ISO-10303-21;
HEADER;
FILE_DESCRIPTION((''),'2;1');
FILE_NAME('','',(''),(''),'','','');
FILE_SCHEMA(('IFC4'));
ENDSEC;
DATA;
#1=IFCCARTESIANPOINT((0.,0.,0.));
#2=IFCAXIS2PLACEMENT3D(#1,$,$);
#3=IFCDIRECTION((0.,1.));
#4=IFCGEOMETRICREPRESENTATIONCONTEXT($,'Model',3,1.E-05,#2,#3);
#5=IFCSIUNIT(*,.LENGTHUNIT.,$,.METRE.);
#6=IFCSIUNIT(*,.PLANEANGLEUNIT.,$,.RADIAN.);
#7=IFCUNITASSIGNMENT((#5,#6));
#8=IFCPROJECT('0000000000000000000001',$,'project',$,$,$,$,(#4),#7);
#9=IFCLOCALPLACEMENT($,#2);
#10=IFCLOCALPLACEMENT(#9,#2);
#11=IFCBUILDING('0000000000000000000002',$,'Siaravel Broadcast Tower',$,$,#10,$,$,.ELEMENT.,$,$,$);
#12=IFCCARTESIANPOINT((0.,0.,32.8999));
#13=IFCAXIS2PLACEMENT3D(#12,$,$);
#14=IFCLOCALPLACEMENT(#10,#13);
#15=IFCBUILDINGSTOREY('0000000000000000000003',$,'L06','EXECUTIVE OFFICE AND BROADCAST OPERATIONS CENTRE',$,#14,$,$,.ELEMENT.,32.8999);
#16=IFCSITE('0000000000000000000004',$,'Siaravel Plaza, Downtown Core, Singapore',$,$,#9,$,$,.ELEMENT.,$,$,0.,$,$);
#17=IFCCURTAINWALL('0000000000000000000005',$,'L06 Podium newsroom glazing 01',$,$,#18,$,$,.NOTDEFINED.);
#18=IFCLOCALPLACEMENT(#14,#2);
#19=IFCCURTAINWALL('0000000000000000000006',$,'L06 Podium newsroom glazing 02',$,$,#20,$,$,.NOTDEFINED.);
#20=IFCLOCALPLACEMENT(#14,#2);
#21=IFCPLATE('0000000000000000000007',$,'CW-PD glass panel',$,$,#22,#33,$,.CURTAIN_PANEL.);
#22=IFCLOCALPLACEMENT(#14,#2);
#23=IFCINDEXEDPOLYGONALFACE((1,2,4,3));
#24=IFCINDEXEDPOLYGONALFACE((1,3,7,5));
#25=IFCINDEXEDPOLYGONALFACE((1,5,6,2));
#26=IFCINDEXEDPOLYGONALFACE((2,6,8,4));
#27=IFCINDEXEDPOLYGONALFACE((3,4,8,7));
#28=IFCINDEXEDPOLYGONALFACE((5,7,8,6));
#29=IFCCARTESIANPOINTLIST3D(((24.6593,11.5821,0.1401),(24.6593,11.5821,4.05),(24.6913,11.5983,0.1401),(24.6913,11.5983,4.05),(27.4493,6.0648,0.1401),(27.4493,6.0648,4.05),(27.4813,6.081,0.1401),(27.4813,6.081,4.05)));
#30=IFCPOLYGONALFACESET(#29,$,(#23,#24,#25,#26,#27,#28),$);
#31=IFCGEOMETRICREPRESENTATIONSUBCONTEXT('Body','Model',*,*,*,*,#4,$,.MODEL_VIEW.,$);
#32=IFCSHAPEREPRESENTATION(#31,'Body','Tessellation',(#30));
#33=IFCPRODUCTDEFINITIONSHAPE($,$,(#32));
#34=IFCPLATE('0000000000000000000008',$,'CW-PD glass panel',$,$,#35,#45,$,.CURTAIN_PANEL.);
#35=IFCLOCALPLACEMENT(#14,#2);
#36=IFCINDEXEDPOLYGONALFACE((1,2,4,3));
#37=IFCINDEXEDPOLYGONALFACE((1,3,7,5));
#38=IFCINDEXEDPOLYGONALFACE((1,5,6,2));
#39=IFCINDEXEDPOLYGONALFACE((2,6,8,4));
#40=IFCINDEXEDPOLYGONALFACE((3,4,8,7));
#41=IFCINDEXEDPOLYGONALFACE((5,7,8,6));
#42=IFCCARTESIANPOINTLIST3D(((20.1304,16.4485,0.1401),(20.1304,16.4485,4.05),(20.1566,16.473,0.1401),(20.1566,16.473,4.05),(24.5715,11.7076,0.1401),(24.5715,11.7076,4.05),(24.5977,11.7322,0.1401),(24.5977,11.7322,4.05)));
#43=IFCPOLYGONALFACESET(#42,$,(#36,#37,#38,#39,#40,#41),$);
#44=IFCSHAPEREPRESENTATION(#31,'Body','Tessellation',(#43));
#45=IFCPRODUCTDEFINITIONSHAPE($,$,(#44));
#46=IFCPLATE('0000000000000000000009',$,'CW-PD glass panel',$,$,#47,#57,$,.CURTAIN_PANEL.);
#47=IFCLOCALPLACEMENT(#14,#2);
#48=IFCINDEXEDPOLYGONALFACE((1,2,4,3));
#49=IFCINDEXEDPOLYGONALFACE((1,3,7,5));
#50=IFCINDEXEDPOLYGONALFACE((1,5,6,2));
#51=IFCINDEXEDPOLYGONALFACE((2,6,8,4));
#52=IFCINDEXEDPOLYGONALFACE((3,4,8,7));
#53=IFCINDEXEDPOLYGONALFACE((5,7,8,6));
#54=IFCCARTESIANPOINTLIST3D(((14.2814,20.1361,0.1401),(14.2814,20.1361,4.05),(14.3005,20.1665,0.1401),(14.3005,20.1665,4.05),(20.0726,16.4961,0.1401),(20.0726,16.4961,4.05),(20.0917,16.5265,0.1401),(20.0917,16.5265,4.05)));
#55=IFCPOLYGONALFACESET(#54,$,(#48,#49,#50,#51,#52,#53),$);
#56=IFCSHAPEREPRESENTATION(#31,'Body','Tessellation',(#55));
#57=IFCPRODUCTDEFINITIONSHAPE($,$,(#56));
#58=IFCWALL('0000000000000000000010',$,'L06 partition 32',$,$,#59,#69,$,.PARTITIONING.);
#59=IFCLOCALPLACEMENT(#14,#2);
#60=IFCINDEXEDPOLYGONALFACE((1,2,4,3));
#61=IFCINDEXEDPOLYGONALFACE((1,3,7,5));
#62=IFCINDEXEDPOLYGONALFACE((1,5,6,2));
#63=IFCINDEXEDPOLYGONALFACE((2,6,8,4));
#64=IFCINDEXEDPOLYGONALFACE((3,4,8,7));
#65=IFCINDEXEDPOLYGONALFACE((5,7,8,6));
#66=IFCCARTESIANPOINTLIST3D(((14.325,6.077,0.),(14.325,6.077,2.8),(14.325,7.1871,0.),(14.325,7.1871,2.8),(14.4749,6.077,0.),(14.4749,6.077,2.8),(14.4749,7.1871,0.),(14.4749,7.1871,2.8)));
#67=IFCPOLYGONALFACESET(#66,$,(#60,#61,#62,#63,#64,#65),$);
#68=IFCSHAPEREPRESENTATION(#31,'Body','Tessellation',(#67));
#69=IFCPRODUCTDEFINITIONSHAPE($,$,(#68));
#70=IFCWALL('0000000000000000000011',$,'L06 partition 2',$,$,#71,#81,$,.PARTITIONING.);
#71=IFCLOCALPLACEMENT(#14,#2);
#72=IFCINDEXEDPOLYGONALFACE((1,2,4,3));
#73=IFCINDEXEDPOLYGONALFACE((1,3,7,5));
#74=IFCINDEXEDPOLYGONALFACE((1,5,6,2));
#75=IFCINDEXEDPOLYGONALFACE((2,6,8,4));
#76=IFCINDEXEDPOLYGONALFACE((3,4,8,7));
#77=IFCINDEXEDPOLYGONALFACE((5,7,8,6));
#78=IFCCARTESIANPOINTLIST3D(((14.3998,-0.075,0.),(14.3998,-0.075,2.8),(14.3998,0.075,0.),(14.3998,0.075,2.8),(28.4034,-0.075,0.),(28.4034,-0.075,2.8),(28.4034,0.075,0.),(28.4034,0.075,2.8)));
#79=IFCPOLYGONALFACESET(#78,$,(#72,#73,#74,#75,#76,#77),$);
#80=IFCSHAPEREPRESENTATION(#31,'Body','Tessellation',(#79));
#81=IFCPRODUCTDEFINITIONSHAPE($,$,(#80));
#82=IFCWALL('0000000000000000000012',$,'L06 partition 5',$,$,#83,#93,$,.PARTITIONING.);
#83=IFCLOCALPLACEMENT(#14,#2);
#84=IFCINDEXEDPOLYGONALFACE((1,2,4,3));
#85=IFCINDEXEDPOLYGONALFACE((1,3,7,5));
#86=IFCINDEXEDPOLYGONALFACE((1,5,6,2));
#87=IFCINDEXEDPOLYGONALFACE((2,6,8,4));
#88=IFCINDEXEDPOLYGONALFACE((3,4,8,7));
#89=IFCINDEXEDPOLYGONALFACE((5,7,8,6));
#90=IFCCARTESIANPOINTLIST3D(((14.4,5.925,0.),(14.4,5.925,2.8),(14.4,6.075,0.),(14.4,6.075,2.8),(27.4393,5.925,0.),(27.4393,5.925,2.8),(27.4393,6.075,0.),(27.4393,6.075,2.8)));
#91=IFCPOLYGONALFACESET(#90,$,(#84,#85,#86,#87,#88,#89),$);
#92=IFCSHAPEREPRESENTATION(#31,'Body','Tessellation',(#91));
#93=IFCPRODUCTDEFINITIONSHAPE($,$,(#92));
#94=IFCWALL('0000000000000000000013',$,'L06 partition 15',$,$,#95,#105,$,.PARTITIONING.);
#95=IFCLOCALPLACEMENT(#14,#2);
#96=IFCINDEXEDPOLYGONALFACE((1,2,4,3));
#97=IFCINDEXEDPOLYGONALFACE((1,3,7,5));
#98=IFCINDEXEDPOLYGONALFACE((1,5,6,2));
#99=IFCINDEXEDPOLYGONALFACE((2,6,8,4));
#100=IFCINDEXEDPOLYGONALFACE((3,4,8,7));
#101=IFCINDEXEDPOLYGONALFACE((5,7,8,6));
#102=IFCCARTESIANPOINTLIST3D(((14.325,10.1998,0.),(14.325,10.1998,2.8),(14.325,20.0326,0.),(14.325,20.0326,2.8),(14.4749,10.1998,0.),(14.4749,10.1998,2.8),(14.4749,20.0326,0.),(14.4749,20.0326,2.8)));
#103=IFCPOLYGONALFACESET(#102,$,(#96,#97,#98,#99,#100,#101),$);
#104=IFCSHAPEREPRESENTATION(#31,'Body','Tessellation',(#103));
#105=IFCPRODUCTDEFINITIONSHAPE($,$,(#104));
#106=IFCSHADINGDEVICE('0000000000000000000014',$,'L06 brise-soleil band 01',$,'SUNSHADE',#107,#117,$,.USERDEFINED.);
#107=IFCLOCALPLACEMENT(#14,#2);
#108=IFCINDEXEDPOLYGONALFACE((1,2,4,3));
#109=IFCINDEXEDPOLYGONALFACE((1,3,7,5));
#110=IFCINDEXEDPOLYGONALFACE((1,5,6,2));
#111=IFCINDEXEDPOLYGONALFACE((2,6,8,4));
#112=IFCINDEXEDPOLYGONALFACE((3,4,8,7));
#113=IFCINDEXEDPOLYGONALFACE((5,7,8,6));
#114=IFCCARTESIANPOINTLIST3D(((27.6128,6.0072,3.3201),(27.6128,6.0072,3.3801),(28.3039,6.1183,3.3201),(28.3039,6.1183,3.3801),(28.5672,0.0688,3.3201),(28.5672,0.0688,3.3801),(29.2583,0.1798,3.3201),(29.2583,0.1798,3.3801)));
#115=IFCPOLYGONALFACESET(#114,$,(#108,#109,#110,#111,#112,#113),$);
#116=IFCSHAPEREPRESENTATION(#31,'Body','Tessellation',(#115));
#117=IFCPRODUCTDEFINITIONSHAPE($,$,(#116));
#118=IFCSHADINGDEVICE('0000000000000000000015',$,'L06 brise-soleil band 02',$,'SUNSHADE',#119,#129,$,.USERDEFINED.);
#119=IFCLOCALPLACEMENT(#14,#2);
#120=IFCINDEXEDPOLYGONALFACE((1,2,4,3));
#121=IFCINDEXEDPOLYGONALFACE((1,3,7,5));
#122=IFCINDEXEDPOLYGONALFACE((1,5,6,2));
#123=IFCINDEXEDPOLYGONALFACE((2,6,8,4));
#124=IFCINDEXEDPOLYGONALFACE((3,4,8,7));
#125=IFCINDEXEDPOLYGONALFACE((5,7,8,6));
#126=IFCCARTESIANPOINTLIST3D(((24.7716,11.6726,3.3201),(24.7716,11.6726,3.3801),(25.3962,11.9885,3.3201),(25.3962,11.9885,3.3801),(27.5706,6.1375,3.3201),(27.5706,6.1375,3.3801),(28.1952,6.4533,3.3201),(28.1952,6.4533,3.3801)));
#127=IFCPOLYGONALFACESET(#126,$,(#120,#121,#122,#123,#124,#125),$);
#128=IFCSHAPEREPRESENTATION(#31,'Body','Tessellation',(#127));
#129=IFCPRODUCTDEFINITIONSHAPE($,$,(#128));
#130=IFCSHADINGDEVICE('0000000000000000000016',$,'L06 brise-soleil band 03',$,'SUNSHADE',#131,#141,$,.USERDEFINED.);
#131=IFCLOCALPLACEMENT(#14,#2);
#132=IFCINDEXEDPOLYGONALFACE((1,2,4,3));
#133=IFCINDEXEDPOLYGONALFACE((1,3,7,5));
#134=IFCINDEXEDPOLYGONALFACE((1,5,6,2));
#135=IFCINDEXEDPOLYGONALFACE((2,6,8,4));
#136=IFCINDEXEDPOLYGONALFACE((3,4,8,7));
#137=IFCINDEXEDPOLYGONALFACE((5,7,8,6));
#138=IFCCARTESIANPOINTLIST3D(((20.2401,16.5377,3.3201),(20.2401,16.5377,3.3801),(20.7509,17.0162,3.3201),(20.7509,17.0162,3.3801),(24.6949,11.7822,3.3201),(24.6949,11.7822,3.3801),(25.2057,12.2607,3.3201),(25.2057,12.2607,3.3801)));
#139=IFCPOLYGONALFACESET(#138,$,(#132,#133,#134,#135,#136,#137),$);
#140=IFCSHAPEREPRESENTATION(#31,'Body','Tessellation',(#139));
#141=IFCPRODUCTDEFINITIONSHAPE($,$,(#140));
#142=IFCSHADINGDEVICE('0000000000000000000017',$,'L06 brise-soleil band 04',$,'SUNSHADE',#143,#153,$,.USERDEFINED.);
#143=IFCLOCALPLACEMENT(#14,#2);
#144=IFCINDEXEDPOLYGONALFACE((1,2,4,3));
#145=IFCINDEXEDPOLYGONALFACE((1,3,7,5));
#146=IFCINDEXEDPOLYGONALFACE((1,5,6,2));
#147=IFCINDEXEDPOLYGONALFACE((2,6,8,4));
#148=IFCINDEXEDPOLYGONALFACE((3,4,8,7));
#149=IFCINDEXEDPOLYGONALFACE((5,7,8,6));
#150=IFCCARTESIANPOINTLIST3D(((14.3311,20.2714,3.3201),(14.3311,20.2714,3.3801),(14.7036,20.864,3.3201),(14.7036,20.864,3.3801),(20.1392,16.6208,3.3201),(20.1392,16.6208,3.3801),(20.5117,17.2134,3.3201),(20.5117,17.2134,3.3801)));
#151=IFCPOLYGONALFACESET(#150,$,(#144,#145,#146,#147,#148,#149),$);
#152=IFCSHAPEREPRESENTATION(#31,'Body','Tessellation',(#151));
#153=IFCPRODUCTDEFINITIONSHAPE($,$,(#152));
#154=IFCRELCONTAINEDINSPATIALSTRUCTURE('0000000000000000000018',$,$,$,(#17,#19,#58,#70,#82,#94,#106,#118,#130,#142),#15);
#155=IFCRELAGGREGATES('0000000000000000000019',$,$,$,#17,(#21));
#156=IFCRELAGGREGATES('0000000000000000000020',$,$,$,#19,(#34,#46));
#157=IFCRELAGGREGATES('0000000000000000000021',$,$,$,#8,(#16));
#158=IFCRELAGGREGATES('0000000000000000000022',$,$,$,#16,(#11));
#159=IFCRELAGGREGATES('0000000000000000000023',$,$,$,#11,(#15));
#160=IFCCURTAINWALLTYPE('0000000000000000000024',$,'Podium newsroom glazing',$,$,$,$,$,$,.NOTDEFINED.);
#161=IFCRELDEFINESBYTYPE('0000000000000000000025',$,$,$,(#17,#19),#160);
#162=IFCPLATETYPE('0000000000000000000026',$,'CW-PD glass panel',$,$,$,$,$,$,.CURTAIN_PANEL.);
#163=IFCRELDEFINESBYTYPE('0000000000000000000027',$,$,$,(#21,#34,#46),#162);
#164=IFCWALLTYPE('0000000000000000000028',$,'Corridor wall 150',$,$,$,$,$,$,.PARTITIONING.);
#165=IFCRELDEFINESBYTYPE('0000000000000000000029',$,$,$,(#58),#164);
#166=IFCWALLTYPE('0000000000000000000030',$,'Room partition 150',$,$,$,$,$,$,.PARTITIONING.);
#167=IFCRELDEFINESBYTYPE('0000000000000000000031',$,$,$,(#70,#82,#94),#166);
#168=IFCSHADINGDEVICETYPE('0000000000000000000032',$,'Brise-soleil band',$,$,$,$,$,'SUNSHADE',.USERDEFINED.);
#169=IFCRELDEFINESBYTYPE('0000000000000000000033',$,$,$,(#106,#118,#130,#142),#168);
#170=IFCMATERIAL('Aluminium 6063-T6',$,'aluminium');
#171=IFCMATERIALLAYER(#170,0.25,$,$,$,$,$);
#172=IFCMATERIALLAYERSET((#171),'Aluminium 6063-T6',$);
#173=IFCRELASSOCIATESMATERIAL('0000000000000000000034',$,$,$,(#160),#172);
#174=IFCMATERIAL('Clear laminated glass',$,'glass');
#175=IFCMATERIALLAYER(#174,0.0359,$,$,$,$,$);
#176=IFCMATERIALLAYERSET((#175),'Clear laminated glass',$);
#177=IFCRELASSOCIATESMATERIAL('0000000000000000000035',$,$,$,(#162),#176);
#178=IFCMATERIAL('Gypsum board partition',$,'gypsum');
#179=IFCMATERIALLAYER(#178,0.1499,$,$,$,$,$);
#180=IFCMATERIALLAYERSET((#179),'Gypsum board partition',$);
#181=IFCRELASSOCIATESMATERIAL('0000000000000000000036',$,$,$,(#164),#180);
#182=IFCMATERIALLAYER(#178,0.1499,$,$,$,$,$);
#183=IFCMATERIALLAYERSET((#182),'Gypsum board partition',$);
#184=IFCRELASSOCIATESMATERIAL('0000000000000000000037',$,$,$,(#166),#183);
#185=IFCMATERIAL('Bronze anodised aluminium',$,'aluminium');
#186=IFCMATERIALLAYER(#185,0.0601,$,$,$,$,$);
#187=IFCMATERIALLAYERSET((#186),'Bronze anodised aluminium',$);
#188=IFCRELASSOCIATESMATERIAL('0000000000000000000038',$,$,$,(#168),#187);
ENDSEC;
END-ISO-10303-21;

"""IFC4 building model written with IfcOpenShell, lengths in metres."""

from ifc_helpers import new_model, si_unit, direction, frame, frame_2d, origin, origin_2d, place, context, subcontext, project, spatial, rectangle, extrude, material, layer, layer_set, type_object, element, aggregate, save


model = new_model("IFC4")

# Units and contexts
model_context = context("Model", 3, precision=1e-05, world=origin(), true_north=direction((0.0, 1.0)))
body_context = subcontext(model_context, "Body", "Model", "MODEL_VIEW")
ifc_project = project(units=[si_unit("LENGTHUNIT", "METRE"), si_unit("PLANEANGLEUNIT", "RADIAN")], contexts=[model_context])

# Site, building, storey
site_placement = place(None, origin())
site = spatial("IfcSite", under=ifc_project, at=site_placement, Name="Siaravel Plaza, Downtown Core, Singapore", CompositionType="ELEMENT", RefElevation=0.0)
building_placement = place(site_placement, origin())
building = spatial("IfcBuilding", under=site, at=building_placement, Name="Siaravel Broadcast Tower", CompositionType="ELEMENT")
storey_placement = place(building_placement, frame((0.0, 0.0, 32.8999)))
storey = spatial("IfcBuildingStorey", under=building, at=storey_placement, Name="L06", Description="EXECUTIVE OFFICE AND BROADCAST OPERATIONS CENTRE", CompositionType="ELEMENT", Elevation=32.8999)

# Curtain walls
ifc_material_1 = material(Name="Aluminium 6063-T6", Category="aluminium")
ifc_layer_1 = layer(ifc_material_1, 0.25)
ifc_layer_set_1 = layer_set([ifc_layer_1], Name="Aluminium 6063-T6")
curtain_wall_type = type_object("IfcCurtainWallType", Name="Podium newsroom glazing", PredefinedType="NOTDEFINED", material=ifc_layer_set_1)
curtain_wall_1_placement = place(storey_placement, origin())
curtain_wall_1 = element("IfcCurtainWall", 1, at=curtain_wall_1_placement, inside=storey, type_object=curtain_wall_type, Name="L06 Podium newsroom glazing 01", PredefinedType="NOTDEFINED")
curtain_wall_2_placement = place(storey_placement, origin())
curtain_wall_2 = element("IfcCurtainWall", 2, at=curtain_wall_2_placement, inside=storey, type_object=curtain_wall_type, Name="L06 Podium newsroom glazing 02", PredefinedType="NOTDEFINED")

# Plates
ifc_material_2 = material(Name="Clear laminated glass", Category="glass")
ifc_layer_2 = layer(ifc_material_2, 0.0359)
ifc_layer_set_2 = layer_set([ifc_layer_2], Name="Clear laminated glass")
plate_type = type_object("IfcPlateType", Name="CW-PD glass panel", PredefinedType="CURTAIN_PANEL", material=ifc_layer_set_2)
plate_1_placement = place(storey_placement, frame((26.0703, 8.8315, 0.1401), z_axis=(0.0, 0.0, 1.0), x_axis=(-0.451262, 0.892391, 0.0)))
plate_1 = element("IfcPlate", 3, at=plate_1_placement, type_object=plate_type, Name="CW-PD glass panel", PredefinedType="CURTAIN_PANEL", context=body_context, shape_type="SweptSolid", body=[
    extrude(rectangle(XDim=6.1826, YDim=0.0359, at=origin_2d()), origin(), (0.0, 0.0, 1.0), 3.9099),
])
aggregate(curtain_wall_1, [plate_1])
plate_2_placement = place(storey_placement, frame((22.364, 14.0903, 0.1401), z_axis=(0.0, 0.0, 1.0), x_axis=(-0.683656, 0.729804, 0.0)))
plate_2 = element("IfcPlate", 4, at=plate_2_placement, type_object=plate_type, Name="CW-PD glass panel", PredefinedType="CURTAIN_PANEL", context=body_context, shape_type="SweptSolid", body=[
    extrude(rectangle(XDim=6.4961, YDim=0.0359, at=origin_2d()), origin(), (0.0, 0.0, 1.0), 3.9099),
])
plate_3_placement = place(storey_placement, frame((17.1865, 18.3313, 0.1401), z_axis=(0.0, 0.0, 1.0), x_axis=(-0.846651, 0.532148, 0.0)))
plate_3 = element("IfcPlate", 5, at=plate_3_placement, type_object=plate_type, Name="CW-PD glass panel", PredefinedType="CURTAIN_PANEL", context=body_context, shape_type="SweptSolid", body=[
    extrude(rectangle(XDim=6.8401, YDim=0.0359, at=origin_2d()), origin(), (0.0, 0.0, 1.0), 3.9099),
])
aggregate(curtain_wall_2, [plate_2, plate_3])

# Shared definitions
ifc_material_3 = material(Name="Gypsum board partition", Category="gypsum")
ifc_layer_3 = layer(ifc_material_3, 0.1499)
ifc_layer_set_3 = layer_set([ifc_layer_3], Name="Gypsum board partition")
wall_type_1 = type_object("IfcWallType", Name="Corridor wall 150", PredefinedType="PARTITIONING", material=ifc_layer_set_3)

# Walls
wall_1_placement = place(storey_placement, frame((14.3999, 6.0769, 0.0), z_axis=(0.0, 0.0, 1.0), x_axis=(0.0, 1.0, 0.0)))
element("IfcWall", 6, at=wall_1_placement, inside=storey, type_object=wall_type_1, Name="L06 partition 32", PredefinedType="PARTITIONING", context=body_context, shape_type="SweptSolid", body=[
    extrude(rectangle(XDim=1.1101, YDim=0.1499, at=frame_2d((0.5552, 0.0))), origin(), (0.0, 0.0, 1.0), 2.8),
])
ifc_layer_4 = layer(ifc_material_3, 0.1499)
ifc_layer_set_4 = layer_set([ifc_layer_4], Name="Gypsum board partition")
wall_type_2 = type_object("IfcWallType", Name="Room partition 150", PredefinedType="PARTITIONING", material=ifc_layer_set_4)
wall_2_placement = place(storey_placement, frame((28.4036, 0.0, 0.0), z_axis=(0.0, 0.0, 1.0), x_axis=(-1.0, 0.0, 0.0)))
element("IfcWall", 7, at=wall_2_placement, inside=storey, type_object=wall_type_2, Name="L06 partition 2", PredefinedType="PARTITIONING", context=body_context, shape_type="SweptSolid", body=[
    extrude(rectangle(XDim=14.0037, YDim=0.1499, at=frame_2d((7.002, 0.0))), origin(), (0.0, 0.0, 1.0), 2.8),
])
wall_3_placement = place(storey_placement, frame((27.4392, 6.0, 0.0), z_axis=(0.0, 0.0, 1.0), x_axis=(-1.0, 0.0, 0.0)))
element("IfcWall", 8, at=wall_3_placement, inside=storey, type_object=wall_type_2, Name="L06 partition 5", PredefinedType="PARTITIONING", context=body_context, shape_type="SweptSolid", body=[
    extrude(rectangle(XDim=13.0393, YDim=0.1499, at=frame_2d((6.5195, 0.0))), origin(), (0.0, 0.0, 1.0), 2.8),
])
wall_4_placement = place(storey_placement, frame((14.3999, 20.0327, 0.0), z_axis=(0.0, 0.0, 1.0), x_axis=(0.0, -1.0, 0.0)))
element("IfcWall", 9, at=wall_4_placement, inside=storey, type_object=wall_type_2, Name="L06 partition 15", PredefinedType="PARTITIONING", context=body_context, shape_type="SweptSolid", body=[
    extrude(rectangle(XDim=9.8328, YDim=0.1499, at=frame_2d((4.9165, 0.0))), origin(), (0.0, 0.0, 1.0), 2.8),
])

# Shading devices
ifc_material_4 = material(Name="Bronze anodised aluminium", Category="aluminium")
ifc_layer_5 = layer(ifc_material_4, 0.0601)
ifc_layer_set_5 = layer_set([ifc_layer_5], Name="Bronze anodised aluminium")
shading_device_type = type_object("IfcShadingDeviceType", Name="Brise-soleil band", ElementType="SUNSHADE", PredefinedType="USERDEFINED", material=ifc_layer_set_5)
shading_device_1_placement = place(storey_placement, frame((28.4355, 3.0935, 3.3201), z_axis=(0.0, 0.0, 1.0), x_axis=(-0.158685, 0.987329, 0.0)))
element("IfcShadingDevice", 10, at=shading_device_1_placement, inside=storey, type_object=shading_device_type, Name="L06 brise-soleil band 01", ObjectType="SUNSHADE", PredefinedType="USERDEFINED", context=body_context, shape_type="SweptSolid", body=[
    extrude(rectangle(XDim=6.0146, YDim=0.7, at=origin_2d()), origin(), (0.0, 0.0, 1.0), 0.0601),
])
shading_device_2_placement = place(storey_placement, frame((26.4834, 9.063, 3.3201), z_axis=(0.0, 0.0, 1.0), x_axis=(-0.451262, 0.892391, 0.0)))
element("IfcShadingDevice", 11, at=shading_device_2_placement, inside=storey, type_object=shading_device_type, Name="L06 brise-soleil band 02", ObjectType="SUNSHADE", PredefinedType="USERDEFINED", context=body_context, shape_type="SweptSolid", body=[
    extrude(rectangle(XDim=6.2026, YDim=0.7, at=origin_2d()), origin(), (0.0, 0.0, 1.0), 0.0601),
])
shading_device_3_placement = place(storey_placement, frame((22.7229, 14.3992, 3.3201), z_axis=(0.0, 0.0, 1.0), x_axis=(-0.683656, 0.729804, 0.0)))
element("IfcShadingDevice", 12, at=shading_device_3_placement, inside=storey, type_object=shading_device_type, Name="L06 brise-soleil band 03", ObjectType="SUNSHADE", PredefinedType="USERDEFINED", context=body_context, shape_type="SweptSolid", body=[
    extrude(rectangle(XDim=6.5161, YDim=0.7, at=origin_2d()), origin(), (0.0, 0.0, 1.0), 0.0601),
])
shading_device_4_placement = place(storey_placement, frame((17.4214, 18.7424, 3.3201), z_axis=(0.0, 0.0, 1.0), x_axis=(-0.846651, 0.532148, 0.0)))
element("IfcShadingDevice", 13, at=shading_device_4_placement, inside=storey, type_object=shading_device_type, Name="L06 brise-soleil band 04", ObjectType="SUNSHADE", PredefinedType="USERDEFINED", context=body_context, shape_type="SweptSolid", body=[
    extrude(rectangle(XDim=6.8601, YDim=0.7, at=origin_2d()), origin(), (0.0, 0.0, 1.0), 0.0601),
])

save(model, "model.ifc")
